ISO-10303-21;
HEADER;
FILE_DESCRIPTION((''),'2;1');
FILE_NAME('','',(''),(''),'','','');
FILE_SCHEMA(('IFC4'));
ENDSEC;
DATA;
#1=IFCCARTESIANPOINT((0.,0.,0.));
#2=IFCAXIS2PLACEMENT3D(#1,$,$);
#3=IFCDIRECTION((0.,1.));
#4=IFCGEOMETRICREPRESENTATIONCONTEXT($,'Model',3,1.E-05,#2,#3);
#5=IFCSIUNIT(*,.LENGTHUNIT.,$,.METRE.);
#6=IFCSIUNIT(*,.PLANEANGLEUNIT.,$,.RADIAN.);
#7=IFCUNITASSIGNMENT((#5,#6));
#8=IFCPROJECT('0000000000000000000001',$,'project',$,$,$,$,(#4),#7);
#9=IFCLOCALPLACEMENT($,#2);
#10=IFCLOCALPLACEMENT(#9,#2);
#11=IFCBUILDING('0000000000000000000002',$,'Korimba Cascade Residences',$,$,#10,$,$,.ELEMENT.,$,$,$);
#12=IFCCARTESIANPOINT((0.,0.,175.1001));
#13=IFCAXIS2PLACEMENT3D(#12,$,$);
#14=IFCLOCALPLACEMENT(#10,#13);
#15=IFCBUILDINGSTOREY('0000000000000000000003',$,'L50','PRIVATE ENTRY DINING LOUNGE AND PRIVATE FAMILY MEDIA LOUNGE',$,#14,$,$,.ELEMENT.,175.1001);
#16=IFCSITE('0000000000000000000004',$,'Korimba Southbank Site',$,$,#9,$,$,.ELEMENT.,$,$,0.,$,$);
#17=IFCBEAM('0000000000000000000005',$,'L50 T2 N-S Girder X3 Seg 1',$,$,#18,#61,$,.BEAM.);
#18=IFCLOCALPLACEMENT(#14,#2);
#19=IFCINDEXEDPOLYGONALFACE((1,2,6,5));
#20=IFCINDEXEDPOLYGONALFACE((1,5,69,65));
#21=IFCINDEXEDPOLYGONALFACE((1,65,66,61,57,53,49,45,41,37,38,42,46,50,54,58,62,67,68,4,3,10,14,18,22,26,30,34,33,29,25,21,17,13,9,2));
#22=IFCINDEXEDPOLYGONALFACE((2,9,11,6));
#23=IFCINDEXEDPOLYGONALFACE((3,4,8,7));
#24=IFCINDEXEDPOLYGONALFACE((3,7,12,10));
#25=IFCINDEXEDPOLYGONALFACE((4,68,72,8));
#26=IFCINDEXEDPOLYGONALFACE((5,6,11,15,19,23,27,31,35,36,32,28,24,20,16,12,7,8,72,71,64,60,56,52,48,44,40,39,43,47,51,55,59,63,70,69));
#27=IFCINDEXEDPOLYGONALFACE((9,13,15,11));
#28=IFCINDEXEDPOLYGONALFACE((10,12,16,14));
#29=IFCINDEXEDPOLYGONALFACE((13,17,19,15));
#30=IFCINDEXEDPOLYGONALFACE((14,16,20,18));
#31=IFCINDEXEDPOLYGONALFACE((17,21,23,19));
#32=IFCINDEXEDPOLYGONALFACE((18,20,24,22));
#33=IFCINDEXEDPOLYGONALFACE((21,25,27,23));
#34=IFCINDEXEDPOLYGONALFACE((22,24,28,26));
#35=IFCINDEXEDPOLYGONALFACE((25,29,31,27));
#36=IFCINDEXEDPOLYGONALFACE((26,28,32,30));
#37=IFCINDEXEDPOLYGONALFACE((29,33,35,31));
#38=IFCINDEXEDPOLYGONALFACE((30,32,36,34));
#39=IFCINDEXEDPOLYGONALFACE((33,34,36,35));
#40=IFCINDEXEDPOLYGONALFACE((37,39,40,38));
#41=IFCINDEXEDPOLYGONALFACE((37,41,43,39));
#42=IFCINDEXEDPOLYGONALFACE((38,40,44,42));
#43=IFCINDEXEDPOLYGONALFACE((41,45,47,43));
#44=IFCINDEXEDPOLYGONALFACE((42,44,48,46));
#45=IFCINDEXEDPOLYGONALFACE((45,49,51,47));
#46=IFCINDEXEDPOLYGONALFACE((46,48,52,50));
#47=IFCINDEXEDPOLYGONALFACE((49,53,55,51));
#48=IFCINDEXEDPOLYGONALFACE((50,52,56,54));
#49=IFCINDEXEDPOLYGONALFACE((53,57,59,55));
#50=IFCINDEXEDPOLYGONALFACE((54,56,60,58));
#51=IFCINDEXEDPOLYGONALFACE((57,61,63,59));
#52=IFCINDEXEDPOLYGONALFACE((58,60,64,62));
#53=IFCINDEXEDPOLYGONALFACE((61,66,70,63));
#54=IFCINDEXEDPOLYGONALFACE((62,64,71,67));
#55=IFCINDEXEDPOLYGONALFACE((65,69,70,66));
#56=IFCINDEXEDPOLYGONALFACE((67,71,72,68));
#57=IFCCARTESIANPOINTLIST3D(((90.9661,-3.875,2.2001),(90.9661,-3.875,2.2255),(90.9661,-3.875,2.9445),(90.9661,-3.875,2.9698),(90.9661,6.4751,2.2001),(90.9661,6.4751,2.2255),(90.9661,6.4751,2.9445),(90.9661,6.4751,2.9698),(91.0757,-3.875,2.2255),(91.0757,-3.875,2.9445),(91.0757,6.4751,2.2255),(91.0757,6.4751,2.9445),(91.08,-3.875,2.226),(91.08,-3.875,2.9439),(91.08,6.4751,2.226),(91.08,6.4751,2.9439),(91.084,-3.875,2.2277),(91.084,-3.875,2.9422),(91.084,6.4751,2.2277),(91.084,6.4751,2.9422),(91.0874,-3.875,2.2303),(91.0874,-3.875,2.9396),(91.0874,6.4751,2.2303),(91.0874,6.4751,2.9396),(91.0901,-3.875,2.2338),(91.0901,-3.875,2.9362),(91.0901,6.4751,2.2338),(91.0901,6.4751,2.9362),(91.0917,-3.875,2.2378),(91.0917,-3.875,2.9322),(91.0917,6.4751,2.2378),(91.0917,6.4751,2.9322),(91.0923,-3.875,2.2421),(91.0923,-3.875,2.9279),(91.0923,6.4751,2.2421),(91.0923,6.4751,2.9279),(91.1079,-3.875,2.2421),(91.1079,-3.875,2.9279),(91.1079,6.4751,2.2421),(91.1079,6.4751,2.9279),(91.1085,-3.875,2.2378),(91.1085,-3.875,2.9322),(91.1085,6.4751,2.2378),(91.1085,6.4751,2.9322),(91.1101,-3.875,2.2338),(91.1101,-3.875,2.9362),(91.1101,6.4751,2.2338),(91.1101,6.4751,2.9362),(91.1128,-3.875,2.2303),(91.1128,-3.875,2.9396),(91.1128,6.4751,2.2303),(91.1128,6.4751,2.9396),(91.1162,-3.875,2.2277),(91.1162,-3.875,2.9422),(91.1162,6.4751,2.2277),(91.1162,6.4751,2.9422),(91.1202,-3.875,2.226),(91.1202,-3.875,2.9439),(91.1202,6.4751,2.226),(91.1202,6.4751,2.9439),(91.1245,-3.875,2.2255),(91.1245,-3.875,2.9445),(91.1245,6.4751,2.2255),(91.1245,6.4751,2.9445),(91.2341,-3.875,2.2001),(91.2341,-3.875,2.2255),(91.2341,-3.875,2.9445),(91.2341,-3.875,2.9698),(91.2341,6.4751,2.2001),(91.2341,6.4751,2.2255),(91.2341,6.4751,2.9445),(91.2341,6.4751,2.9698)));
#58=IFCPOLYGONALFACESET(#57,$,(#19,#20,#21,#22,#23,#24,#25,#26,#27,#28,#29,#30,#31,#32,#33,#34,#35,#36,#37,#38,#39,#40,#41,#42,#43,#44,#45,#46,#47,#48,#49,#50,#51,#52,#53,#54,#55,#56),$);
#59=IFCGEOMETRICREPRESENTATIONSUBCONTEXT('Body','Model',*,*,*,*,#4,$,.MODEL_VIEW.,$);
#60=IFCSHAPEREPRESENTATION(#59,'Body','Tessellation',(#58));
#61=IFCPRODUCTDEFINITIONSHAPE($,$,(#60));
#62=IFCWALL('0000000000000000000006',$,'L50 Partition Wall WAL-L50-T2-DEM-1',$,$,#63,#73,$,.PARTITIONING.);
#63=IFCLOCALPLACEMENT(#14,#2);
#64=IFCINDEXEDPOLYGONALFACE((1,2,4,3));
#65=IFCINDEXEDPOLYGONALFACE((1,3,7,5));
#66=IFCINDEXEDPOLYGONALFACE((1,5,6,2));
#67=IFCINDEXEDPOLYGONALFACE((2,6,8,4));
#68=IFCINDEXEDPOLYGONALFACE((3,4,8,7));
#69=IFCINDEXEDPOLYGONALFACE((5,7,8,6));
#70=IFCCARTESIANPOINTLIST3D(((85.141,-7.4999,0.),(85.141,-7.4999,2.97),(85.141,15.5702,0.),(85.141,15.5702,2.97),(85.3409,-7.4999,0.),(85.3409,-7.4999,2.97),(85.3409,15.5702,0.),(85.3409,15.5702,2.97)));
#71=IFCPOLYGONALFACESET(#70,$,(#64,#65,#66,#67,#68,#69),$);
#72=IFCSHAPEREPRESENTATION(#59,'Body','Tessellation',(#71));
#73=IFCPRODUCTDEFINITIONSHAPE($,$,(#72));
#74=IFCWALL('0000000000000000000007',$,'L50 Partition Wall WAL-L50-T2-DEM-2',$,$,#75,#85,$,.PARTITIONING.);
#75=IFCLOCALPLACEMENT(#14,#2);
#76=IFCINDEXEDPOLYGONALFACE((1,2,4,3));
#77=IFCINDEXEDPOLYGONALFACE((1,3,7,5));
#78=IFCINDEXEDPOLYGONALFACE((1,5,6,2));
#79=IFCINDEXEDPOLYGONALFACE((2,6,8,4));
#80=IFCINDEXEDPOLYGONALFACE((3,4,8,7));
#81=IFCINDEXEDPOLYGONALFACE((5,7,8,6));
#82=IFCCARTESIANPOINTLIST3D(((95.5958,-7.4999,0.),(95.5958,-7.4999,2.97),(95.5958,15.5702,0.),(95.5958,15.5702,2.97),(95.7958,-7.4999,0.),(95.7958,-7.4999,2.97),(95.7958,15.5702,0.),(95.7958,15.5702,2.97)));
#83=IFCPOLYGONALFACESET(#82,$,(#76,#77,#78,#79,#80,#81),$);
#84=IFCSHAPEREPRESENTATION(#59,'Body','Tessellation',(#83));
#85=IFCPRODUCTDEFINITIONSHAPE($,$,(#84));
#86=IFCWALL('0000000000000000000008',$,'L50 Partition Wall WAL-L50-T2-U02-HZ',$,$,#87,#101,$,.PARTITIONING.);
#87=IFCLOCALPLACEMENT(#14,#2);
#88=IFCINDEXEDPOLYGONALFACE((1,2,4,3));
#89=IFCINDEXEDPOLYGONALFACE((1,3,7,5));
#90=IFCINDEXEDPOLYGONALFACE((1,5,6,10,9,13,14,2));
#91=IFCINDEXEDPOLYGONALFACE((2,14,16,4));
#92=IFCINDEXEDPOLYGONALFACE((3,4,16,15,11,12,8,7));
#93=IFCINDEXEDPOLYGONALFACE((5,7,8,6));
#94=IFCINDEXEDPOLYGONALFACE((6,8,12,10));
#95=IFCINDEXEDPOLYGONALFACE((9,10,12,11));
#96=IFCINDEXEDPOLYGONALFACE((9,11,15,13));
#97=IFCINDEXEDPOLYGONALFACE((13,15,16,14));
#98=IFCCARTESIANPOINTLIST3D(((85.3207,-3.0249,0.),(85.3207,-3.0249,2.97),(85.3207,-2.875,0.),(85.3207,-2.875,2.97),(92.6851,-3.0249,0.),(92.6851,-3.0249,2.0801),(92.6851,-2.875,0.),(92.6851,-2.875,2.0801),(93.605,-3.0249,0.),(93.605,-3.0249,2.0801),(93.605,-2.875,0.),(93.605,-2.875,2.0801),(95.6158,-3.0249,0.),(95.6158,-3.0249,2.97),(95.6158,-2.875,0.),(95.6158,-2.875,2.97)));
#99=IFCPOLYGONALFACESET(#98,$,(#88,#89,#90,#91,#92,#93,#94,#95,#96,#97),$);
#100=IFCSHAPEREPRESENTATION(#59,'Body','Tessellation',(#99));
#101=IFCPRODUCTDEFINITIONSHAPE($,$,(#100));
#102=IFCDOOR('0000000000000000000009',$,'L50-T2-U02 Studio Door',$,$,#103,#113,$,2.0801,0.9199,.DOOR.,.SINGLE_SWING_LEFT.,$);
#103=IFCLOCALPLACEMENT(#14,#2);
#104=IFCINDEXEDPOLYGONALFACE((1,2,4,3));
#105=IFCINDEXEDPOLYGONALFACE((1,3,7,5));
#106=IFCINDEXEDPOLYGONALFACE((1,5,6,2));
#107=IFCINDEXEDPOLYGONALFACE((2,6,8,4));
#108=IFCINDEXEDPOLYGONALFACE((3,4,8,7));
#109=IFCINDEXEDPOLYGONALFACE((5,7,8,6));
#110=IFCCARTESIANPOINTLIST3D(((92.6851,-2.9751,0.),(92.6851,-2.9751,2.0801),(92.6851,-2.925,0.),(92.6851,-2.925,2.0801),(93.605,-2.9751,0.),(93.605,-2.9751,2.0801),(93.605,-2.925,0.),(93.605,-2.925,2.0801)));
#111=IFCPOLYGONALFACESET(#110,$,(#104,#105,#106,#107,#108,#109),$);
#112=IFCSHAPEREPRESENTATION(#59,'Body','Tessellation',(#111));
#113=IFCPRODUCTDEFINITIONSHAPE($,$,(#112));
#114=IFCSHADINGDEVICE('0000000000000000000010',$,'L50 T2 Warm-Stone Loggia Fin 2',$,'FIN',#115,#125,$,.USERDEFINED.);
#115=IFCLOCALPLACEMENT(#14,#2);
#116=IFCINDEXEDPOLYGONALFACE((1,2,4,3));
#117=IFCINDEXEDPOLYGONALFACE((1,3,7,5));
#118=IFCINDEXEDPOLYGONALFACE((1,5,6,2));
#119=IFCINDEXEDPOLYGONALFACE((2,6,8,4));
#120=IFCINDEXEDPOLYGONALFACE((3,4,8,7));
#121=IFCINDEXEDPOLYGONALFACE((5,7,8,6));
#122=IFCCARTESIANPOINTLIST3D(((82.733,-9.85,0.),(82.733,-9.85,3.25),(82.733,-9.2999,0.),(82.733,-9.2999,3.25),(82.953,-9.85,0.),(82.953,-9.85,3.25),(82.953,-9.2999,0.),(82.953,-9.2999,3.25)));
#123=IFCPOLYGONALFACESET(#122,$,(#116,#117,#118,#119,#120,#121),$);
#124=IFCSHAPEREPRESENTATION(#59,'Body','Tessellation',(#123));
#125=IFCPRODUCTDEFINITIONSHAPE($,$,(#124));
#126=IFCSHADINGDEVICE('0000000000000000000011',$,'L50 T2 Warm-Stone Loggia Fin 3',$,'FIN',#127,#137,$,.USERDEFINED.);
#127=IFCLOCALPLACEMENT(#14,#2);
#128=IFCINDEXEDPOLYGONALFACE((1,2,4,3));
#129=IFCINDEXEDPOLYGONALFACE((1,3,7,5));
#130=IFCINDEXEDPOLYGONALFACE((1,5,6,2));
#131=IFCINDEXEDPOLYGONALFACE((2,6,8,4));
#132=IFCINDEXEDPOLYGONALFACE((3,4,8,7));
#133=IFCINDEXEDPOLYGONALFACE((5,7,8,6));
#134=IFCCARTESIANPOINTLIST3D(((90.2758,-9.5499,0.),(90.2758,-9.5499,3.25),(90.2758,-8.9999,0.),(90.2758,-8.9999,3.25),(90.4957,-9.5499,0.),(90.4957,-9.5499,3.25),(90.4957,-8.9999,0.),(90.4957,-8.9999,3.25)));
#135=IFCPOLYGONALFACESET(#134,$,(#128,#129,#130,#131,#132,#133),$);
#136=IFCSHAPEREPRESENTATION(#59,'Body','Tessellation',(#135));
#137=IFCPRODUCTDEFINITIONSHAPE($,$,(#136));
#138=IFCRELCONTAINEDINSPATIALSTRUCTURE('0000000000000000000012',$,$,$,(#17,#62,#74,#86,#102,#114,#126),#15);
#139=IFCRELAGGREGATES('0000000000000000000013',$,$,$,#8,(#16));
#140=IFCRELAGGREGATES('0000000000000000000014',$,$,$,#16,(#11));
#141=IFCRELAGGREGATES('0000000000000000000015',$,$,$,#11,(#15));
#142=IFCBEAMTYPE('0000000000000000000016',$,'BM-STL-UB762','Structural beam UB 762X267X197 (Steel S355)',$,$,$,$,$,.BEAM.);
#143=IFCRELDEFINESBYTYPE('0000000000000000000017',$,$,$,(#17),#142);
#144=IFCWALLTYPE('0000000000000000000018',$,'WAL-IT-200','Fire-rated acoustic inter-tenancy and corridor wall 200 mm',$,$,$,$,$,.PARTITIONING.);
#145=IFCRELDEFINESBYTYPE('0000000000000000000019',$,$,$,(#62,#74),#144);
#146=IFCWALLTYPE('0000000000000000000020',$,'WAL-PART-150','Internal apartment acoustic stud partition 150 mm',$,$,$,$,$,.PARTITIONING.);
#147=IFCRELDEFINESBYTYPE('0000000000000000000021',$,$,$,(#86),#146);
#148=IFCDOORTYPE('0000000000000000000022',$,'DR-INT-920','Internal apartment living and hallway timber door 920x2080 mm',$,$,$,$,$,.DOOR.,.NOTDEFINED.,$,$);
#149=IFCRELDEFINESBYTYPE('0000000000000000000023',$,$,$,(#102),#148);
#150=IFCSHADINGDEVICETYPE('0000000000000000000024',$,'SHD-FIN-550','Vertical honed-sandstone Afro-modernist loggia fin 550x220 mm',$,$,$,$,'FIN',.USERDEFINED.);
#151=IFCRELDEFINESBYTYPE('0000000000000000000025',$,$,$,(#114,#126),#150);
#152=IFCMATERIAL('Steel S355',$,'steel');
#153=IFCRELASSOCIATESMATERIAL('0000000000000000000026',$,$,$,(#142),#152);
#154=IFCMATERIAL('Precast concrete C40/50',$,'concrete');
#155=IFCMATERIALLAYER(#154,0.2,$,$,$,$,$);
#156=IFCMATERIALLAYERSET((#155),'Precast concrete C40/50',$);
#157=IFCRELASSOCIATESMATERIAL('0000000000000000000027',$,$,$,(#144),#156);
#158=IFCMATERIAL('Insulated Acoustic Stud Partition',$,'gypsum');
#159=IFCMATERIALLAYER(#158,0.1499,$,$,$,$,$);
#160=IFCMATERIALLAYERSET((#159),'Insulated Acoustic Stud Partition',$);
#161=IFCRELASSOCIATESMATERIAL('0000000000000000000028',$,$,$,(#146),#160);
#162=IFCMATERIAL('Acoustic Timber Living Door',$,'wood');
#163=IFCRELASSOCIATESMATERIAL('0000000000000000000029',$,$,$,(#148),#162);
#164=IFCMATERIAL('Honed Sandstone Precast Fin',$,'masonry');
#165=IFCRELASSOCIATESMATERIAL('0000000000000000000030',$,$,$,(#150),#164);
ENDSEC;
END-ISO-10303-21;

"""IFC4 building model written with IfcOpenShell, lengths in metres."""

from ifc_helpers import new_model, si_unit, direction, frame, frame_2d, origin, origin_2d, place, context, subcontext, project, spatial, rectangle, i_section, extrude, material, layer, layer_set, material_profile, profile_set, type_object, element, fill, save


model = new_model("IFC4")

# Units and contexts
model_context = context("Model", 3, precision=1e-05, world=origin(), true_north=direction((0.0, 1.0)))
body_context = subcontext(model_context, "Body", "Model", "MODEL_VIEW")
ifc_project = project(units=[si_unit("LENGTHUNIT", "METRE"), si_unit("PLANEANGLEUNIT", "RADIAN")], contexts=[model_context])

# Site, building, storey
site_placement = place(None, origin())
site = spatial("IfcSite", under=ifc_project, at=site_placement, Name="Korimba Southbank Site", CompositionType="ELEMENT", RefElevation=0.0)
building_placement = place(site_placement, origin())
building = spatial("IfcBuilding", under=site, at=building_placement, Name="Korimba Cascade Residences", CompositionType="ELEMENT")
storey_placement = place(building_placement, frame((0.0, 0.0, 175.1001)))
storey = spatial("IfcBuildingStorey", under=building, at=storey_placement, Name="L50", Description="PRIVATE ENTRY DINING LOUNGE AND PRIVATE FAMILY MEDIA LOUNGE", CompositionType="ELEMENT", Elevation=175.1001)

# Beam
ifc_material_1 = material(Name="Steel S355", Category="steel")
ifc_material_profile_1 = material_profile(ifc_material_1, i_section(OverallWidth=0.2681, OverallDepth=0.7698, WebThickness=0.0156, FlangeThickness=0.0254, FilletRadius=0.0166, at=origin_2d()), Name="Steel S355")
ifc_profile_set_1 = profile_set([ifc_material_profile_1], Name="Steel S355")
beam_type_1 = type_object("IfcBeamType", Name="BM-STL-UB762", Description="Structural beam UB 762X267X197 (Steel S355)", PredefinedType="BEAM", material=ifc_profile_set_1)
for number, where, z_axis, x_axis, name in (
    (1, (91.1001, -3.875, 2.585), (0.0, 1.0, 0.0), (-1.0, 0.0, 0.0), "L50 T2 N-S Girder X3 Seg 1"),
):
    element("IfcBeam", number, at=place(storey_placement, frame(where, z_axis=z_axis, x_axis=x_axis)), inside=storey, type_object=beam_type_1, Name=name, PredefinedType="BEAM", context=body_context, shape_type="SweptSolid", body=[
        extrude(i_section(OverallWidth=0.2681, OverallDepth=0.7698, WebThickness=0.0156, FlangeThickness=0.0254, FilletRadius=0.0166, at=origin_2d()), origin(), (0.0, 0.0, 1.0), 10.3501),
    ])

# Walls
ifc_material_2 = material(Name="Precast concrete C40/50", Category="concrete")
ifc_layer_1 = layer(ifc_material_2, 0.2)
ifc_layer_set_1 = layer_set([ifc_layer_1], Name="Precast concrete C40/50")
wall_type_1 = type_object("IfcWallType", Name="WAL-IT-200", Description="Fire-rated acoustic inter-tenancy and corridor wall 200 mm", PredefinedType="PARTITIONING", material=ifc_layer_set_1)
for number, where, z_axis, x_axis, name in (
    (2, (85.241, -7.5, 0.0), (0.0, 0.0, 1.0), (0.0, 1.0, 0.0), "L50 Partition Wall WAL-L50-T2-DEM-1"),
    (3, (95.6958, -7.5, 0.0), (0.0, 0.0, 1.0), (0.0, 1.0, 0.0), "L50 Partition Wall WAL-L50-T2-DEM-2"),
):
    element("IfcWall", number, at=place(storey_placement, frame(where, z_axis=z_axis, x_axis=x_axis)), inside=storey, type_object=wall_type_1, Name=name, PredefinedType="PARTITIONING", context=body_context, shape_type="SweptSolid", body=[
        extrude(rectangle(XDim=23.0701, YDim=0.2, at=frame_2d((11.5352, 0.0))), origin(), (0.0, 0.0, 1.0), 2.97),
    ])

# Wall, opening, door
ifc_material_3 = material(Name="Insulated Acoustic Stud Partition", Category="gypsum")
ifc_layer_2 = layer(ifc_material_3, 0.1499)
ifc_layer_set_2 = layer_set([ifc_layer_2], Name="Insulated Acoustic Stud Partition")
wall_type_2 = type_object("IfcWallType", Name="WAL-PART-150", Description="Internal apartment acoustic stud partition 150 mm", PredefinedType="PARTITIONING", material=ifc_layer_set_2)
wall_placement = place(storey_placement, frame((85.3208, -2.95, 0.0), z_axis=(0.0, 0.0, 1.0), x_axis=(1.0, 0.0, 0.0)))
wall = element("IfcWall", 4, at=wall_placement, inside=storey, type_object=wall_type_2, Name="L50 Partition Wall WAL-L50-T2-U02-HZ", PredefinedType="PARTITIONING", context=body_context, shape_type="SweptSolid", body=[
    extrude(rectangle(XDim=10.2952, YDim=0.1499, at=frame_2d((5.1475, 0.0))), origin(), (0.0, 0.0, 1.0), 2.97),
])
opening_placement = place(wall_placement, frame((7.3643, 0.0, 0.0)))
opening = element("IfcOpeningElement", 5, at=opening_placement, cuts=wall, PredefinedType="OPENING", context=body_context, shape_type="SweptSolid", body=[
    extrude(rectangle(XDim=0.9199, YDim=2.0801, at=frame_2d((0.46, 1.04))), frame((0.0, 0.085, 0.0), z_axis=(0.0, -1.0, 0.0), x_axis=(1.0, 0.0, 0.0)), (0.0, 0.0, 1.0), 0.1699),
])
ifc_material_4 = material(Name="Acoustic Timber Living Door", Category="wood")
door_type = type_object("IfcDoorType", Name="DR-INT-920", Description="Internal apartment living and hallway timber door 920x2080 mm", OperationType="NOTDEFINED", PredefinedType="DOOR", material=ifc_material_4)
door_placement = place(opening_placement, origin())
door = element("IfcDoor", 6, at=door_placement, inside=storey, type_object=door_type, Name="L50-T2-U02 Studio Door", OperationType="SINGLE_SWING_LEFT", OverallHeight=2.0801, OverallWidth=0.9199, PredefinedType="DOOR", context=body_context, shape_type="SweptSolid", body=[
    extrude(rectangle(XDim=0.9199, YDim=2.0801, at=frame_2d((0.46, 1.04))), frame((0.0, 0.0249, 0.0), z_axis=(0.0, -1.0, 0.0), x_axis=(1.0, 0.0, 0.0)), (0.0, 0.0, 1.0), 0.05),
])
fill(opening, door)

# Shading devices
ifc_material_5 = material(Name="Honed Sandstone Precast Fin", Category="masonry")
shading_device_type = type_object("IfcShadingDeviceType", Name="SHD-FIN-550", Description="Vertical honed-sandstone Afro-modernist loggia fin 550x220 mm", ElementType="FIN", PredefinedType="USERDEFINED", material=ifc_material_5)
for number, where, z_axis, x_axis, name in (
    (7, (82.843, -9.575, 0.0), (0.0, 0.0, 1.0), (1.0, 0.0, 0.0), "L50 T2 Warm-Stone Loggia Fin 2"),
    (8, (90.3857, -9.2749, 0.0), (0.0, 0.0, 1.0), (1.0, 0.0, 0.0), "L50 T2 Warm-Stone Loggia Fin 3"),
):
    element("IfcShadingDevice", number, at=place(storey_placement, frame(where, z_axis=z_axis, x_axis=x_axis)), inside=storey, type_object=shading_device_type, Name=name, ObjectType="FIN", PredefinedType="USERDEFINED", context=body_context, shape_type="SweptSolid", body=[
        extrude(rectangle(XDim=0.22, YDim=0.55, at=origin_2d()), origin(), (0.0, 0.0, 1.0), 3.25),
    ])

save(model, "model.ifc")
